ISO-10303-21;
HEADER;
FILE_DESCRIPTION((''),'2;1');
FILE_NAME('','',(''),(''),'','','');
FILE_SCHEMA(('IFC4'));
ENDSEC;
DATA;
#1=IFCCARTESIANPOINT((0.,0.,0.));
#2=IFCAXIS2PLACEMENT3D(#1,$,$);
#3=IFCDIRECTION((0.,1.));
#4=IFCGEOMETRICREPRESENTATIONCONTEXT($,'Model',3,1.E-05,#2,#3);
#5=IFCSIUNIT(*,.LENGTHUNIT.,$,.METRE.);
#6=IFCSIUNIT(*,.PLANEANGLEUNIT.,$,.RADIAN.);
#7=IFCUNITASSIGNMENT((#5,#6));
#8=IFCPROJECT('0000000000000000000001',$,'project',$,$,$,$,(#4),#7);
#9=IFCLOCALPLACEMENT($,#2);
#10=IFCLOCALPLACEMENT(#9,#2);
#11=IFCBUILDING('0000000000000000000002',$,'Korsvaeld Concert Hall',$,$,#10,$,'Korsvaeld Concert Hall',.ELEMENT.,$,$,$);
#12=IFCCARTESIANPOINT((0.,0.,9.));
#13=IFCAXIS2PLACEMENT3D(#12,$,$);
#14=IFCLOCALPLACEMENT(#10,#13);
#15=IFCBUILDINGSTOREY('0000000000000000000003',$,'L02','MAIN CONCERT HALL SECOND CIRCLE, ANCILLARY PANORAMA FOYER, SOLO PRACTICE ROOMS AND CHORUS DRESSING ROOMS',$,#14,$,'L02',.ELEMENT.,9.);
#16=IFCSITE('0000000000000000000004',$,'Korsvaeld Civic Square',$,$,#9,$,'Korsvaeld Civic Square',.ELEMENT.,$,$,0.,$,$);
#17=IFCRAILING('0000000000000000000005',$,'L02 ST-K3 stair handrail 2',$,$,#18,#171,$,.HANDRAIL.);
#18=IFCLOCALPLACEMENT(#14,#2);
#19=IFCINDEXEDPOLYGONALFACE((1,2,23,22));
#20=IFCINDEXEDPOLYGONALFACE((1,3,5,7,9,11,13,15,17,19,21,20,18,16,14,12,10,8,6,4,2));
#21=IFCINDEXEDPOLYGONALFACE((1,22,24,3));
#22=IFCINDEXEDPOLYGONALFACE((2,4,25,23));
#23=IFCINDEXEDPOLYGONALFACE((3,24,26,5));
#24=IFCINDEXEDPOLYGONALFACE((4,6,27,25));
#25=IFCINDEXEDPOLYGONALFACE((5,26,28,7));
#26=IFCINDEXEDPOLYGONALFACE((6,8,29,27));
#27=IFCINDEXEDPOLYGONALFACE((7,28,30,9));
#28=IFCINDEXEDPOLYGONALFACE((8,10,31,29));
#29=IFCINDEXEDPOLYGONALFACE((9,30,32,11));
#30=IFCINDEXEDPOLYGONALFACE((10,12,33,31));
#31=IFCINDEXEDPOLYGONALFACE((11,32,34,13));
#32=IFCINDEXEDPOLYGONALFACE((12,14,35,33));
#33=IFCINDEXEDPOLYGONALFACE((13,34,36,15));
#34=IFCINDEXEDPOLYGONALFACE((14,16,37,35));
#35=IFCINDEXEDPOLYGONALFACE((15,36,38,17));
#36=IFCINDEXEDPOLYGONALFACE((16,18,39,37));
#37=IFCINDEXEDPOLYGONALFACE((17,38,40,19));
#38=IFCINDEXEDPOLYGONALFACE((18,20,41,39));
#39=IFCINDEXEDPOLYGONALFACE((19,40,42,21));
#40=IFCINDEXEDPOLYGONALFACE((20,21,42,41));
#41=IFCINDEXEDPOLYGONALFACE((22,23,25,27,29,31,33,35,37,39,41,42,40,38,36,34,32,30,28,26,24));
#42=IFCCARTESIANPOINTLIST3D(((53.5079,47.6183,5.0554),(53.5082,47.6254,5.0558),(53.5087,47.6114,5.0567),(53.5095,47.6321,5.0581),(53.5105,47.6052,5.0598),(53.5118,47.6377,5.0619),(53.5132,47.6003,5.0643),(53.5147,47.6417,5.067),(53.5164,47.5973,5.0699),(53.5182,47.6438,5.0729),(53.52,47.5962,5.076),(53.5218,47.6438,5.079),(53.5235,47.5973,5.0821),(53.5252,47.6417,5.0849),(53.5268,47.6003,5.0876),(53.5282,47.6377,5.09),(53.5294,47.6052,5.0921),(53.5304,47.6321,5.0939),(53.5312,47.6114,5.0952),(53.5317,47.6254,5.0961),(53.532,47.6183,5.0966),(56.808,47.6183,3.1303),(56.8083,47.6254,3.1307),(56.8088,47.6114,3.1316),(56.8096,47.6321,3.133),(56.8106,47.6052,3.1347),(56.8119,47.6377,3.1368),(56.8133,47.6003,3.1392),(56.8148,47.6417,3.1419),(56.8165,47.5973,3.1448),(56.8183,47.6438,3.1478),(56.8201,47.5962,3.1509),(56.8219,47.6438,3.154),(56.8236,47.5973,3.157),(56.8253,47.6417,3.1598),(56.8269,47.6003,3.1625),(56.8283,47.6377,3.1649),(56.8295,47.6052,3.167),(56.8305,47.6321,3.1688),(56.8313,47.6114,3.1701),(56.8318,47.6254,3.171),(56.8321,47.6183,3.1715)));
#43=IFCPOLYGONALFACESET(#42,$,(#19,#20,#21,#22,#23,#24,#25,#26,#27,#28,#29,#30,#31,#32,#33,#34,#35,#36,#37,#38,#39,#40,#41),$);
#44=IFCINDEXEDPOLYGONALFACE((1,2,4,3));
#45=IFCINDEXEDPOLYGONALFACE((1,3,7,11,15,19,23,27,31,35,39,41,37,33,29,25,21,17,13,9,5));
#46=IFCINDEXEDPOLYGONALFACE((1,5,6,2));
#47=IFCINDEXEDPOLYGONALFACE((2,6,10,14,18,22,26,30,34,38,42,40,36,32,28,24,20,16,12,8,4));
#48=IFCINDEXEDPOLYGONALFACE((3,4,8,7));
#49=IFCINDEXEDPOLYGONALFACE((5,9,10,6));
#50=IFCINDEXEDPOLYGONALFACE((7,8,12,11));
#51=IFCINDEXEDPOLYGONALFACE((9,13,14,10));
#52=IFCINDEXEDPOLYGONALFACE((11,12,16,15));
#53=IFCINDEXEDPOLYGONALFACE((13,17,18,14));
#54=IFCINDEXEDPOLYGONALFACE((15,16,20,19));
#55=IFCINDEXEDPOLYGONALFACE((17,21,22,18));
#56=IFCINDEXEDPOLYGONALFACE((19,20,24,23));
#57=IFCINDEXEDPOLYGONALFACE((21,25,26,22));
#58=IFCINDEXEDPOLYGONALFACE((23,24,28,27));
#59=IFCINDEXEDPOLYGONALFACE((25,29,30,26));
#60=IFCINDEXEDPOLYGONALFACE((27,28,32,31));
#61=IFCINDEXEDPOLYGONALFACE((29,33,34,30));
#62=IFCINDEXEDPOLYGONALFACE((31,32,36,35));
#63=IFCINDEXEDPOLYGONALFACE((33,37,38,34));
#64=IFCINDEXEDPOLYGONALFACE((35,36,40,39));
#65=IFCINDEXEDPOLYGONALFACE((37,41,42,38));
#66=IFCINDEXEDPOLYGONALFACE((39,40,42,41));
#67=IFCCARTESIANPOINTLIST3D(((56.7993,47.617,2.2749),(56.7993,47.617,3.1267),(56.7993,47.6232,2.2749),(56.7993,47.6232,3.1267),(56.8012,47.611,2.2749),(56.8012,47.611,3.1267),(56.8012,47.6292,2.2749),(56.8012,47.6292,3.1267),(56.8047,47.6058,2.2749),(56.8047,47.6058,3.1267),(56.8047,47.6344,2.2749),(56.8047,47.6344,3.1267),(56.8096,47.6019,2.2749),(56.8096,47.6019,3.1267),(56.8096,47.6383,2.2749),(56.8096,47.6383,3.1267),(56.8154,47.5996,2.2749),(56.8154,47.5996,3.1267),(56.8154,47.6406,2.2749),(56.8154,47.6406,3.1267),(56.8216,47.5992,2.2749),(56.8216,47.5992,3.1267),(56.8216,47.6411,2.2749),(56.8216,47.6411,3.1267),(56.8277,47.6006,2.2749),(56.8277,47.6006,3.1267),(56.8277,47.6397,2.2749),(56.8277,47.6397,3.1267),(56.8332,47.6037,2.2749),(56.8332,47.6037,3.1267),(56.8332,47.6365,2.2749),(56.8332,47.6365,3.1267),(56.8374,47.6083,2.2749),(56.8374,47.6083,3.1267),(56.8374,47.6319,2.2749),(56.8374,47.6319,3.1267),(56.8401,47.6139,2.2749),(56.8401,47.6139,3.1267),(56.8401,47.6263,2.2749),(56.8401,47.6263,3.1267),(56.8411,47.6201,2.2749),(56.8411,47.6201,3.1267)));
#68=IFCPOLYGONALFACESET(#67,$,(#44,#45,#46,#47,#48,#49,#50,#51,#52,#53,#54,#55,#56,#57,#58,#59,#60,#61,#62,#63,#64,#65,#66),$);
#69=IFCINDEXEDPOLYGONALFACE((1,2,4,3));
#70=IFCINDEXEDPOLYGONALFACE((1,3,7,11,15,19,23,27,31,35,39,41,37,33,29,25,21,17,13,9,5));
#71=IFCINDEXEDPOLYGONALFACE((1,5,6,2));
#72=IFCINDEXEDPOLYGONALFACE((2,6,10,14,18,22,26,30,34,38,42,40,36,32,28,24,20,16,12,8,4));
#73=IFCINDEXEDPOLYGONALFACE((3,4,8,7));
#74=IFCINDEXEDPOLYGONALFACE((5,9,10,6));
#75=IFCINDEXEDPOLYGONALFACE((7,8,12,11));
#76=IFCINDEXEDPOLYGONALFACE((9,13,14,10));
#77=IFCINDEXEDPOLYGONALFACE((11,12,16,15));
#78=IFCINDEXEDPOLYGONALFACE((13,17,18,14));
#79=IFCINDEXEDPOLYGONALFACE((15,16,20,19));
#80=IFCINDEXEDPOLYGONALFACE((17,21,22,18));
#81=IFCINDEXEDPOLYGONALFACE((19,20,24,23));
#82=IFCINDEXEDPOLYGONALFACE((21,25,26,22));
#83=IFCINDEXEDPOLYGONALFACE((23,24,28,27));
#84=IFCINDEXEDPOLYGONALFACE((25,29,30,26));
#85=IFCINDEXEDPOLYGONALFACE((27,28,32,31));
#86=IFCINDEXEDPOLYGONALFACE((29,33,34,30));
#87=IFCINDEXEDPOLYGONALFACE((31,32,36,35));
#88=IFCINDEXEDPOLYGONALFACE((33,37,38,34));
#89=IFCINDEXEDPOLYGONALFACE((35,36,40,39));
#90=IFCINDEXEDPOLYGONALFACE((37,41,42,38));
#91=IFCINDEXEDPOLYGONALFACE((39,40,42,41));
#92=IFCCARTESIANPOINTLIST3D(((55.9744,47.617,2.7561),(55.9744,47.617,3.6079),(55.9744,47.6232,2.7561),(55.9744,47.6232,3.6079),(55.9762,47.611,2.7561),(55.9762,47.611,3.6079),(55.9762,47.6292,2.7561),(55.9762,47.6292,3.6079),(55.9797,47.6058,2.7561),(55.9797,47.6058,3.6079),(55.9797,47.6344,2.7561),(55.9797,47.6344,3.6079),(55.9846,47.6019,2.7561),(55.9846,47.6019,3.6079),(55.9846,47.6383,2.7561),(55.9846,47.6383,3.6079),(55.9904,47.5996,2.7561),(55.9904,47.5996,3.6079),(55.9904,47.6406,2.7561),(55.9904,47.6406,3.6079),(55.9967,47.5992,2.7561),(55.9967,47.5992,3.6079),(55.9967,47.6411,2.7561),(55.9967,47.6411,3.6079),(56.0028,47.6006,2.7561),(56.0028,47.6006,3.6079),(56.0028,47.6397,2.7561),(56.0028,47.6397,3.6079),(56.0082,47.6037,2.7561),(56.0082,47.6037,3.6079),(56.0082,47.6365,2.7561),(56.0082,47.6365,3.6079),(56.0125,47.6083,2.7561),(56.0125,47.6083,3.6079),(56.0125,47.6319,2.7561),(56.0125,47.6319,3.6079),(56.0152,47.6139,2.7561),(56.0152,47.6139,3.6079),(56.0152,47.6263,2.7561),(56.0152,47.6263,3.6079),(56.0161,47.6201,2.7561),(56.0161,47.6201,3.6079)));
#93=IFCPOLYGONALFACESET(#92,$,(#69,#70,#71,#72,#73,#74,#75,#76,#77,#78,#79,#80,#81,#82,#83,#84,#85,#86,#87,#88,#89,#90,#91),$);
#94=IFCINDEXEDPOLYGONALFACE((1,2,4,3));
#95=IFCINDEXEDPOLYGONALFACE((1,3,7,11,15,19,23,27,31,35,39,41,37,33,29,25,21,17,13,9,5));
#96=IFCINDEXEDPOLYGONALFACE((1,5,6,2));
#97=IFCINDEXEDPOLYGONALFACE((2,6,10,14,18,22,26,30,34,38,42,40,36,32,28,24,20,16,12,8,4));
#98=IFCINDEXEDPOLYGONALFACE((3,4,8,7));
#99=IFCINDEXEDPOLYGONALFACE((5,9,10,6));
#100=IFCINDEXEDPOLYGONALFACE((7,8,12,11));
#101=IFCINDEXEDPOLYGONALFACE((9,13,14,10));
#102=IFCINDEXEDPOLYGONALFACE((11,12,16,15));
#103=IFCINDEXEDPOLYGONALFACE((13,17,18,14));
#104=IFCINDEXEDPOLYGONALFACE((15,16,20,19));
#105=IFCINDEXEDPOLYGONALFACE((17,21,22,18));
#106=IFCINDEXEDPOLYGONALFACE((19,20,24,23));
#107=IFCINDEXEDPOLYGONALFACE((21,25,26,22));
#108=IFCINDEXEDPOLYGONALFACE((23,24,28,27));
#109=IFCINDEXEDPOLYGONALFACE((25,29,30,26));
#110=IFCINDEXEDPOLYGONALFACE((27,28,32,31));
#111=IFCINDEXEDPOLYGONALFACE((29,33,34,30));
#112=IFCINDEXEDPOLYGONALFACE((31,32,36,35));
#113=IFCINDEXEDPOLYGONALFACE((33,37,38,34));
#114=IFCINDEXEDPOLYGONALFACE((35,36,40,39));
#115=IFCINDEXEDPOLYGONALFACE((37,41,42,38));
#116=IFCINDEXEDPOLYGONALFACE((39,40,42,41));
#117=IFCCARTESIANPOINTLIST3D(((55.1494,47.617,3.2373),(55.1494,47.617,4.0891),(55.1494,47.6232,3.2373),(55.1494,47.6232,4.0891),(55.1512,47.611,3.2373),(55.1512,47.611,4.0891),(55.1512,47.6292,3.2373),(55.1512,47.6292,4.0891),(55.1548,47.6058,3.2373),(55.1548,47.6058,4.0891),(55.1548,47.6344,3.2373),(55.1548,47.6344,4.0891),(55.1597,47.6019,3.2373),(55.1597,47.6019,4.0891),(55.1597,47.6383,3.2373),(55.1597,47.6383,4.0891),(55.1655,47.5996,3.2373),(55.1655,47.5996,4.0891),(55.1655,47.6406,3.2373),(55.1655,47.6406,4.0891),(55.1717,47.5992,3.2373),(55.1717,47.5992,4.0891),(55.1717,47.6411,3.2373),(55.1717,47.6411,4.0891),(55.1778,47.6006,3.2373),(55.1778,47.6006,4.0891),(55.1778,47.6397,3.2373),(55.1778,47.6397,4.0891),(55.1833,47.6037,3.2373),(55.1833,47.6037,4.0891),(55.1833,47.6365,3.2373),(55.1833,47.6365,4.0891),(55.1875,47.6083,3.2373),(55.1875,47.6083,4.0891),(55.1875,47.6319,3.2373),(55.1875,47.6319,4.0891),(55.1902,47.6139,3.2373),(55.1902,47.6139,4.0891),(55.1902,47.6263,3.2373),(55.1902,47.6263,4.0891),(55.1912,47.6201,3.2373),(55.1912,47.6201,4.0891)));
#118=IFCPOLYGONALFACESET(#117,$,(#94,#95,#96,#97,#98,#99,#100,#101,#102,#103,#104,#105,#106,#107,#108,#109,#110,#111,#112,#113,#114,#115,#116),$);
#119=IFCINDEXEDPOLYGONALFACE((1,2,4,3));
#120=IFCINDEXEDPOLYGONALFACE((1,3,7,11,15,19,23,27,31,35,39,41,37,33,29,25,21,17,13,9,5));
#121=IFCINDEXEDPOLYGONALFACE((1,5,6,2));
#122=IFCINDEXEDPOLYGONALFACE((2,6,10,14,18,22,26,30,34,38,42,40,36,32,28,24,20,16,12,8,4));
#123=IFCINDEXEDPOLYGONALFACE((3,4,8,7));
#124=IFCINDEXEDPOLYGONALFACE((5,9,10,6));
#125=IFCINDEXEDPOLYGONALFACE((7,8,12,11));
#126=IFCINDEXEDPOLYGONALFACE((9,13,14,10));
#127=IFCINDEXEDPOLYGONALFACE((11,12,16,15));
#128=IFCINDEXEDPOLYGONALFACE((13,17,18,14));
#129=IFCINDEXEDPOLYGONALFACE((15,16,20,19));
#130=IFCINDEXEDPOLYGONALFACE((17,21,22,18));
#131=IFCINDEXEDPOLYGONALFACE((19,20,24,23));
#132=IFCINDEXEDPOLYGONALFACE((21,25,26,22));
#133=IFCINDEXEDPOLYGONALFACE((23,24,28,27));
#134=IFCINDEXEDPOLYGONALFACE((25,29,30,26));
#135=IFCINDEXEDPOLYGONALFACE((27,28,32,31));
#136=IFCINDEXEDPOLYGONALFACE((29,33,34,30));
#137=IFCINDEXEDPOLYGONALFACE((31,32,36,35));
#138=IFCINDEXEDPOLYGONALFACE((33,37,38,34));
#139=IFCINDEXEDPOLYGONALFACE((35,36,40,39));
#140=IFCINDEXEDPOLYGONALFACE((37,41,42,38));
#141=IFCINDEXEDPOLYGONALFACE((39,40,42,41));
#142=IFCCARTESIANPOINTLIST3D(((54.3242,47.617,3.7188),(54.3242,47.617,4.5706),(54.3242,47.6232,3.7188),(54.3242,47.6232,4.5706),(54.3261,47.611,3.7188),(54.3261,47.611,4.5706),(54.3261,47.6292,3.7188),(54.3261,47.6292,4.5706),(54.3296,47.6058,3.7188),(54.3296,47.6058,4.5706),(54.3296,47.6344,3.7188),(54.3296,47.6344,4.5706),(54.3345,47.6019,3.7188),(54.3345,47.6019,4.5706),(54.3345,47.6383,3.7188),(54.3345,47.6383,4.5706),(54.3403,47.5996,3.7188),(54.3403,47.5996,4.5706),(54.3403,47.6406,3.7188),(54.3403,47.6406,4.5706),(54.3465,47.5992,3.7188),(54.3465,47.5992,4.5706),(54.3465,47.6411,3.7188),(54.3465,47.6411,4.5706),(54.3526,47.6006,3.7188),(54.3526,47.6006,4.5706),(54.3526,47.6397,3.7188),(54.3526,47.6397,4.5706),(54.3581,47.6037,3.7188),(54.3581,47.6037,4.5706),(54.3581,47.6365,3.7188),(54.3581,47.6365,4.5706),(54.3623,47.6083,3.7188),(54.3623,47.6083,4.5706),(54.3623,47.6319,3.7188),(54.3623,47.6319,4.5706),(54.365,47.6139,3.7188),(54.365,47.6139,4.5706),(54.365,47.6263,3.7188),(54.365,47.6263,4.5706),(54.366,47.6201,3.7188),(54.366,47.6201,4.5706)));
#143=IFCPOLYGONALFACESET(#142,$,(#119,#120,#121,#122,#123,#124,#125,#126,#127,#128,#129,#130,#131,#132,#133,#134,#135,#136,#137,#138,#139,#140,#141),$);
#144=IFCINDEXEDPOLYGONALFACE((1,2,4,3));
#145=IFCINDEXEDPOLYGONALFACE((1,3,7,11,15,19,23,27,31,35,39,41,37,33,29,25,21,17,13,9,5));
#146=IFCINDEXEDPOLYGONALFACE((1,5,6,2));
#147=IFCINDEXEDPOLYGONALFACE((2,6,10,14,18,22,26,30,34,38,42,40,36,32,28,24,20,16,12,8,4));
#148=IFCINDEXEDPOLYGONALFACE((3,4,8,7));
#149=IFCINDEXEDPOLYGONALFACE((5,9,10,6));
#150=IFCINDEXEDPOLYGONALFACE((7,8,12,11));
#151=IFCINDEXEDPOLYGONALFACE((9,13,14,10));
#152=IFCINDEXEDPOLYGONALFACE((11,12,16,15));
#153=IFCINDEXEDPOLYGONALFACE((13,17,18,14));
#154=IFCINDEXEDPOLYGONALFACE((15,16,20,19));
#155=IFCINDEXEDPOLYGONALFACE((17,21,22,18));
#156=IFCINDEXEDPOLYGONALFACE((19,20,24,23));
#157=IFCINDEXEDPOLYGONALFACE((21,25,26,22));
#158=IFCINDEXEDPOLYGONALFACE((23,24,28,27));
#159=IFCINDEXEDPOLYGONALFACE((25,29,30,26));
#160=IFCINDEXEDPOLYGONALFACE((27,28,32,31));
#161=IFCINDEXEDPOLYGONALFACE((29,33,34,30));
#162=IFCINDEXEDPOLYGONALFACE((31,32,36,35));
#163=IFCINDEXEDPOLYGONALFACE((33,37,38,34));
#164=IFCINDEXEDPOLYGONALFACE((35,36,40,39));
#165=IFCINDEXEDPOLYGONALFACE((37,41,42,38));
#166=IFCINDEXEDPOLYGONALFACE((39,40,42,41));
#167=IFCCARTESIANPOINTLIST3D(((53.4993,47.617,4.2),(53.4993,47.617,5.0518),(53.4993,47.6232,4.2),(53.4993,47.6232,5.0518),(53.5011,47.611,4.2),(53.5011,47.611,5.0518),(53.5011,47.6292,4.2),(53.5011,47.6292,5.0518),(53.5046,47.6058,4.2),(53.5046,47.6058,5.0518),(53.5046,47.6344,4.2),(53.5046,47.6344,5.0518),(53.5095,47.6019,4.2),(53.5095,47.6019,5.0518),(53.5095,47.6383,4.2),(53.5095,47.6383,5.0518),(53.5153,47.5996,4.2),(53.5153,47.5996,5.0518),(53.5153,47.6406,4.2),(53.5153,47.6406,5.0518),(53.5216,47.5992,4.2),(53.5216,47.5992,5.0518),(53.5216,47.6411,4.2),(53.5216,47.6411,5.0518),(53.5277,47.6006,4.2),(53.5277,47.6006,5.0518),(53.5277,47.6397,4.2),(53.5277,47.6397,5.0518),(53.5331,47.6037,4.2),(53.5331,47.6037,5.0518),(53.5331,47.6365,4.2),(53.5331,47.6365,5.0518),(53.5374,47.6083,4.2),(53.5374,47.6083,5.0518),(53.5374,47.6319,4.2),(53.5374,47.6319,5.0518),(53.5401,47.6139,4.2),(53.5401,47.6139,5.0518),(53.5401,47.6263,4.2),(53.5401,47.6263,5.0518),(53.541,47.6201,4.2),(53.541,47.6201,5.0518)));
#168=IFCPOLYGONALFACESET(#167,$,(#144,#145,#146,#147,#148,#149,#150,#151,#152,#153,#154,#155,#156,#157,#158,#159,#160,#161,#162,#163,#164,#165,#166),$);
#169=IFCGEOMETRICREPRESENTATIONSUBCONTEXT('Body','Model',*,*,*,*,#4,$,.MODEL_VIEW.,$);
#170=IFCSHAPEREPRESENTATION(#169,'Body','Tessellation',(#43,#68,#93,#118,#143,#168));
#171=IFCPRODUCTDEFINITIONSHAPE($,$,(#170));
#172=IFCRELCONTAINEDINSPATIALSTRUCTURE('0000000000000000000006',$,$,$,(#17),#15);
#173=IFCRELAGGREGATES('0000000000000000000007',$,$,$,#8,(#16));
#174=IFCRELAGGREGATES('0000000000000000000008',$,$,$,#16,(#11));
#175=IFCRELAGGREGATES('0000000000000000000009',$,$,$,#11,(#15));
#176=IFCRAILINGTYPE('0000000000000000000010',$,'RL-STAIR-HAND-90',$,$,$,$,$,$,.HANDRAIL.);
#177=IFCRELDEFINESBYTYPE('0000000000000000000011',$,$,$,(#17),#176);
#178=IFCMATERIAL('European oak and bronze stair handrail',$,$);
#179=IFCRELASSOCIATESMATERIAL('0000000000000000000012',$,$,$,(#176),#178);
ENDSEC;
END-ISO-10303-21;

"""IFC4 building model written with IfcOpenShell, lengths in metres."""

from ifc_helpers import new_model, si_unit, direction, frame, origin, origin_2d, place, context, subcontext, project, spatial, circle, extrude, material, type_object, element, save


model = new_model("IFC4")

# Units and contexts
model_context = context("Model", 3, precision=1e-05, world=origin(), true_north=direction((0.0, 1.0)))
body_context = subcontext(model_context, "Body", "Model", "MODEL_VIEW")
ifc_project = project(units=[si_unit("LENGTHUNIT", "METRE"), si_unit("PLANEANGLEUNIT", "RADIAN")], contexts=[model_context])

# Site, building, storey
site_placement = place(None, origin())
site = spatial("IfcSite", under=ifc_project, at=site_placement, Name="Korsvaeld Civic Square", LongName="Korsvaeld Civic Square", CompositionType="ELEMENT", RefElevation=0.0)
building_placement = place(site_placement, origin())
building = spatial("IfcBuilding", under=site, at=building_placement, Name="Korsvaeld Concert Hall", LongName="Korsvaeld Concert Hall", CompositionType="ELEMENT")
storey_placement = place(building_placement, frame((0.0, 0.0, 9.0)))
storey = spatial("IfcBuildingStorey", under=building, at=storey_placement, Name="L02", Description="MAIN CONCERT HALL SECOND CIRCLE, ANCILLARY PANORAMA FOYER, SOLO PRACTICE ROOMS AND CHORUS DRESSING ROOMS", LongName="L02", CompositionType="ELEMENT", Elevation=9.0)

# Railing
ifc_material_1 = material(Name="European oak and bronze stair handrail")
railing_type_1 = type_object("IfcRailingType", Name="RL-STAIR-HAND-90", PredefinedType="HANDRAIL", material=ifc_material_1)
railing_1_placement = place(storey_placement, frame((56.8201, 47.6201, 2.2749)))
element("IfcRailing", 1, at=railing_1_placement, inside=storey, type_object=railing_type_1, Name="L02 ST-K3 stair handrail 2", PredefinedType="HANDRAIL", context=body_context, shape_type="SweptSolid", body=[
    extrude(circle(Radius=0.0239, at=origin_2d()), frame((0.0, 0.0, 0.876), z_axis=(-0.863777, 0.0, 0.503875), x_axis=(0.0, -1.0, 0.0)), (0.0, 0.0, 1.0), 3.8206),
    extrude(circle(Radius=0.021, at=origin_2d()), origin(), (0.0, 0.0, 1.0), 0.8518),
    extrude(circle(Radius=0.021, at=origin_2d()), frame((-0.825, 0.0, 0.4812)), (0.0, 0.0, 1.0), 0.8518),
    extrude(circle(Radius=0.021, at=origin_2d()), frame((-1.6499, 0.0, 0.9624)), (0.0, 0.0, 1.0), 0.8518),
    extrude(circle(Radius=0.021, at=origin_2d()), frame((-2.4751, 0.0, 1.4438)), (0.0, 0.0, 1.0), 0.8518),
    extrude(circle(Radius=0.021, at=origin_2d()), frame((-3.3, 0.0, 1.925)), (0.0, 0.0, 1.0), 0.8518),
])

save(model, "model.ifc")
